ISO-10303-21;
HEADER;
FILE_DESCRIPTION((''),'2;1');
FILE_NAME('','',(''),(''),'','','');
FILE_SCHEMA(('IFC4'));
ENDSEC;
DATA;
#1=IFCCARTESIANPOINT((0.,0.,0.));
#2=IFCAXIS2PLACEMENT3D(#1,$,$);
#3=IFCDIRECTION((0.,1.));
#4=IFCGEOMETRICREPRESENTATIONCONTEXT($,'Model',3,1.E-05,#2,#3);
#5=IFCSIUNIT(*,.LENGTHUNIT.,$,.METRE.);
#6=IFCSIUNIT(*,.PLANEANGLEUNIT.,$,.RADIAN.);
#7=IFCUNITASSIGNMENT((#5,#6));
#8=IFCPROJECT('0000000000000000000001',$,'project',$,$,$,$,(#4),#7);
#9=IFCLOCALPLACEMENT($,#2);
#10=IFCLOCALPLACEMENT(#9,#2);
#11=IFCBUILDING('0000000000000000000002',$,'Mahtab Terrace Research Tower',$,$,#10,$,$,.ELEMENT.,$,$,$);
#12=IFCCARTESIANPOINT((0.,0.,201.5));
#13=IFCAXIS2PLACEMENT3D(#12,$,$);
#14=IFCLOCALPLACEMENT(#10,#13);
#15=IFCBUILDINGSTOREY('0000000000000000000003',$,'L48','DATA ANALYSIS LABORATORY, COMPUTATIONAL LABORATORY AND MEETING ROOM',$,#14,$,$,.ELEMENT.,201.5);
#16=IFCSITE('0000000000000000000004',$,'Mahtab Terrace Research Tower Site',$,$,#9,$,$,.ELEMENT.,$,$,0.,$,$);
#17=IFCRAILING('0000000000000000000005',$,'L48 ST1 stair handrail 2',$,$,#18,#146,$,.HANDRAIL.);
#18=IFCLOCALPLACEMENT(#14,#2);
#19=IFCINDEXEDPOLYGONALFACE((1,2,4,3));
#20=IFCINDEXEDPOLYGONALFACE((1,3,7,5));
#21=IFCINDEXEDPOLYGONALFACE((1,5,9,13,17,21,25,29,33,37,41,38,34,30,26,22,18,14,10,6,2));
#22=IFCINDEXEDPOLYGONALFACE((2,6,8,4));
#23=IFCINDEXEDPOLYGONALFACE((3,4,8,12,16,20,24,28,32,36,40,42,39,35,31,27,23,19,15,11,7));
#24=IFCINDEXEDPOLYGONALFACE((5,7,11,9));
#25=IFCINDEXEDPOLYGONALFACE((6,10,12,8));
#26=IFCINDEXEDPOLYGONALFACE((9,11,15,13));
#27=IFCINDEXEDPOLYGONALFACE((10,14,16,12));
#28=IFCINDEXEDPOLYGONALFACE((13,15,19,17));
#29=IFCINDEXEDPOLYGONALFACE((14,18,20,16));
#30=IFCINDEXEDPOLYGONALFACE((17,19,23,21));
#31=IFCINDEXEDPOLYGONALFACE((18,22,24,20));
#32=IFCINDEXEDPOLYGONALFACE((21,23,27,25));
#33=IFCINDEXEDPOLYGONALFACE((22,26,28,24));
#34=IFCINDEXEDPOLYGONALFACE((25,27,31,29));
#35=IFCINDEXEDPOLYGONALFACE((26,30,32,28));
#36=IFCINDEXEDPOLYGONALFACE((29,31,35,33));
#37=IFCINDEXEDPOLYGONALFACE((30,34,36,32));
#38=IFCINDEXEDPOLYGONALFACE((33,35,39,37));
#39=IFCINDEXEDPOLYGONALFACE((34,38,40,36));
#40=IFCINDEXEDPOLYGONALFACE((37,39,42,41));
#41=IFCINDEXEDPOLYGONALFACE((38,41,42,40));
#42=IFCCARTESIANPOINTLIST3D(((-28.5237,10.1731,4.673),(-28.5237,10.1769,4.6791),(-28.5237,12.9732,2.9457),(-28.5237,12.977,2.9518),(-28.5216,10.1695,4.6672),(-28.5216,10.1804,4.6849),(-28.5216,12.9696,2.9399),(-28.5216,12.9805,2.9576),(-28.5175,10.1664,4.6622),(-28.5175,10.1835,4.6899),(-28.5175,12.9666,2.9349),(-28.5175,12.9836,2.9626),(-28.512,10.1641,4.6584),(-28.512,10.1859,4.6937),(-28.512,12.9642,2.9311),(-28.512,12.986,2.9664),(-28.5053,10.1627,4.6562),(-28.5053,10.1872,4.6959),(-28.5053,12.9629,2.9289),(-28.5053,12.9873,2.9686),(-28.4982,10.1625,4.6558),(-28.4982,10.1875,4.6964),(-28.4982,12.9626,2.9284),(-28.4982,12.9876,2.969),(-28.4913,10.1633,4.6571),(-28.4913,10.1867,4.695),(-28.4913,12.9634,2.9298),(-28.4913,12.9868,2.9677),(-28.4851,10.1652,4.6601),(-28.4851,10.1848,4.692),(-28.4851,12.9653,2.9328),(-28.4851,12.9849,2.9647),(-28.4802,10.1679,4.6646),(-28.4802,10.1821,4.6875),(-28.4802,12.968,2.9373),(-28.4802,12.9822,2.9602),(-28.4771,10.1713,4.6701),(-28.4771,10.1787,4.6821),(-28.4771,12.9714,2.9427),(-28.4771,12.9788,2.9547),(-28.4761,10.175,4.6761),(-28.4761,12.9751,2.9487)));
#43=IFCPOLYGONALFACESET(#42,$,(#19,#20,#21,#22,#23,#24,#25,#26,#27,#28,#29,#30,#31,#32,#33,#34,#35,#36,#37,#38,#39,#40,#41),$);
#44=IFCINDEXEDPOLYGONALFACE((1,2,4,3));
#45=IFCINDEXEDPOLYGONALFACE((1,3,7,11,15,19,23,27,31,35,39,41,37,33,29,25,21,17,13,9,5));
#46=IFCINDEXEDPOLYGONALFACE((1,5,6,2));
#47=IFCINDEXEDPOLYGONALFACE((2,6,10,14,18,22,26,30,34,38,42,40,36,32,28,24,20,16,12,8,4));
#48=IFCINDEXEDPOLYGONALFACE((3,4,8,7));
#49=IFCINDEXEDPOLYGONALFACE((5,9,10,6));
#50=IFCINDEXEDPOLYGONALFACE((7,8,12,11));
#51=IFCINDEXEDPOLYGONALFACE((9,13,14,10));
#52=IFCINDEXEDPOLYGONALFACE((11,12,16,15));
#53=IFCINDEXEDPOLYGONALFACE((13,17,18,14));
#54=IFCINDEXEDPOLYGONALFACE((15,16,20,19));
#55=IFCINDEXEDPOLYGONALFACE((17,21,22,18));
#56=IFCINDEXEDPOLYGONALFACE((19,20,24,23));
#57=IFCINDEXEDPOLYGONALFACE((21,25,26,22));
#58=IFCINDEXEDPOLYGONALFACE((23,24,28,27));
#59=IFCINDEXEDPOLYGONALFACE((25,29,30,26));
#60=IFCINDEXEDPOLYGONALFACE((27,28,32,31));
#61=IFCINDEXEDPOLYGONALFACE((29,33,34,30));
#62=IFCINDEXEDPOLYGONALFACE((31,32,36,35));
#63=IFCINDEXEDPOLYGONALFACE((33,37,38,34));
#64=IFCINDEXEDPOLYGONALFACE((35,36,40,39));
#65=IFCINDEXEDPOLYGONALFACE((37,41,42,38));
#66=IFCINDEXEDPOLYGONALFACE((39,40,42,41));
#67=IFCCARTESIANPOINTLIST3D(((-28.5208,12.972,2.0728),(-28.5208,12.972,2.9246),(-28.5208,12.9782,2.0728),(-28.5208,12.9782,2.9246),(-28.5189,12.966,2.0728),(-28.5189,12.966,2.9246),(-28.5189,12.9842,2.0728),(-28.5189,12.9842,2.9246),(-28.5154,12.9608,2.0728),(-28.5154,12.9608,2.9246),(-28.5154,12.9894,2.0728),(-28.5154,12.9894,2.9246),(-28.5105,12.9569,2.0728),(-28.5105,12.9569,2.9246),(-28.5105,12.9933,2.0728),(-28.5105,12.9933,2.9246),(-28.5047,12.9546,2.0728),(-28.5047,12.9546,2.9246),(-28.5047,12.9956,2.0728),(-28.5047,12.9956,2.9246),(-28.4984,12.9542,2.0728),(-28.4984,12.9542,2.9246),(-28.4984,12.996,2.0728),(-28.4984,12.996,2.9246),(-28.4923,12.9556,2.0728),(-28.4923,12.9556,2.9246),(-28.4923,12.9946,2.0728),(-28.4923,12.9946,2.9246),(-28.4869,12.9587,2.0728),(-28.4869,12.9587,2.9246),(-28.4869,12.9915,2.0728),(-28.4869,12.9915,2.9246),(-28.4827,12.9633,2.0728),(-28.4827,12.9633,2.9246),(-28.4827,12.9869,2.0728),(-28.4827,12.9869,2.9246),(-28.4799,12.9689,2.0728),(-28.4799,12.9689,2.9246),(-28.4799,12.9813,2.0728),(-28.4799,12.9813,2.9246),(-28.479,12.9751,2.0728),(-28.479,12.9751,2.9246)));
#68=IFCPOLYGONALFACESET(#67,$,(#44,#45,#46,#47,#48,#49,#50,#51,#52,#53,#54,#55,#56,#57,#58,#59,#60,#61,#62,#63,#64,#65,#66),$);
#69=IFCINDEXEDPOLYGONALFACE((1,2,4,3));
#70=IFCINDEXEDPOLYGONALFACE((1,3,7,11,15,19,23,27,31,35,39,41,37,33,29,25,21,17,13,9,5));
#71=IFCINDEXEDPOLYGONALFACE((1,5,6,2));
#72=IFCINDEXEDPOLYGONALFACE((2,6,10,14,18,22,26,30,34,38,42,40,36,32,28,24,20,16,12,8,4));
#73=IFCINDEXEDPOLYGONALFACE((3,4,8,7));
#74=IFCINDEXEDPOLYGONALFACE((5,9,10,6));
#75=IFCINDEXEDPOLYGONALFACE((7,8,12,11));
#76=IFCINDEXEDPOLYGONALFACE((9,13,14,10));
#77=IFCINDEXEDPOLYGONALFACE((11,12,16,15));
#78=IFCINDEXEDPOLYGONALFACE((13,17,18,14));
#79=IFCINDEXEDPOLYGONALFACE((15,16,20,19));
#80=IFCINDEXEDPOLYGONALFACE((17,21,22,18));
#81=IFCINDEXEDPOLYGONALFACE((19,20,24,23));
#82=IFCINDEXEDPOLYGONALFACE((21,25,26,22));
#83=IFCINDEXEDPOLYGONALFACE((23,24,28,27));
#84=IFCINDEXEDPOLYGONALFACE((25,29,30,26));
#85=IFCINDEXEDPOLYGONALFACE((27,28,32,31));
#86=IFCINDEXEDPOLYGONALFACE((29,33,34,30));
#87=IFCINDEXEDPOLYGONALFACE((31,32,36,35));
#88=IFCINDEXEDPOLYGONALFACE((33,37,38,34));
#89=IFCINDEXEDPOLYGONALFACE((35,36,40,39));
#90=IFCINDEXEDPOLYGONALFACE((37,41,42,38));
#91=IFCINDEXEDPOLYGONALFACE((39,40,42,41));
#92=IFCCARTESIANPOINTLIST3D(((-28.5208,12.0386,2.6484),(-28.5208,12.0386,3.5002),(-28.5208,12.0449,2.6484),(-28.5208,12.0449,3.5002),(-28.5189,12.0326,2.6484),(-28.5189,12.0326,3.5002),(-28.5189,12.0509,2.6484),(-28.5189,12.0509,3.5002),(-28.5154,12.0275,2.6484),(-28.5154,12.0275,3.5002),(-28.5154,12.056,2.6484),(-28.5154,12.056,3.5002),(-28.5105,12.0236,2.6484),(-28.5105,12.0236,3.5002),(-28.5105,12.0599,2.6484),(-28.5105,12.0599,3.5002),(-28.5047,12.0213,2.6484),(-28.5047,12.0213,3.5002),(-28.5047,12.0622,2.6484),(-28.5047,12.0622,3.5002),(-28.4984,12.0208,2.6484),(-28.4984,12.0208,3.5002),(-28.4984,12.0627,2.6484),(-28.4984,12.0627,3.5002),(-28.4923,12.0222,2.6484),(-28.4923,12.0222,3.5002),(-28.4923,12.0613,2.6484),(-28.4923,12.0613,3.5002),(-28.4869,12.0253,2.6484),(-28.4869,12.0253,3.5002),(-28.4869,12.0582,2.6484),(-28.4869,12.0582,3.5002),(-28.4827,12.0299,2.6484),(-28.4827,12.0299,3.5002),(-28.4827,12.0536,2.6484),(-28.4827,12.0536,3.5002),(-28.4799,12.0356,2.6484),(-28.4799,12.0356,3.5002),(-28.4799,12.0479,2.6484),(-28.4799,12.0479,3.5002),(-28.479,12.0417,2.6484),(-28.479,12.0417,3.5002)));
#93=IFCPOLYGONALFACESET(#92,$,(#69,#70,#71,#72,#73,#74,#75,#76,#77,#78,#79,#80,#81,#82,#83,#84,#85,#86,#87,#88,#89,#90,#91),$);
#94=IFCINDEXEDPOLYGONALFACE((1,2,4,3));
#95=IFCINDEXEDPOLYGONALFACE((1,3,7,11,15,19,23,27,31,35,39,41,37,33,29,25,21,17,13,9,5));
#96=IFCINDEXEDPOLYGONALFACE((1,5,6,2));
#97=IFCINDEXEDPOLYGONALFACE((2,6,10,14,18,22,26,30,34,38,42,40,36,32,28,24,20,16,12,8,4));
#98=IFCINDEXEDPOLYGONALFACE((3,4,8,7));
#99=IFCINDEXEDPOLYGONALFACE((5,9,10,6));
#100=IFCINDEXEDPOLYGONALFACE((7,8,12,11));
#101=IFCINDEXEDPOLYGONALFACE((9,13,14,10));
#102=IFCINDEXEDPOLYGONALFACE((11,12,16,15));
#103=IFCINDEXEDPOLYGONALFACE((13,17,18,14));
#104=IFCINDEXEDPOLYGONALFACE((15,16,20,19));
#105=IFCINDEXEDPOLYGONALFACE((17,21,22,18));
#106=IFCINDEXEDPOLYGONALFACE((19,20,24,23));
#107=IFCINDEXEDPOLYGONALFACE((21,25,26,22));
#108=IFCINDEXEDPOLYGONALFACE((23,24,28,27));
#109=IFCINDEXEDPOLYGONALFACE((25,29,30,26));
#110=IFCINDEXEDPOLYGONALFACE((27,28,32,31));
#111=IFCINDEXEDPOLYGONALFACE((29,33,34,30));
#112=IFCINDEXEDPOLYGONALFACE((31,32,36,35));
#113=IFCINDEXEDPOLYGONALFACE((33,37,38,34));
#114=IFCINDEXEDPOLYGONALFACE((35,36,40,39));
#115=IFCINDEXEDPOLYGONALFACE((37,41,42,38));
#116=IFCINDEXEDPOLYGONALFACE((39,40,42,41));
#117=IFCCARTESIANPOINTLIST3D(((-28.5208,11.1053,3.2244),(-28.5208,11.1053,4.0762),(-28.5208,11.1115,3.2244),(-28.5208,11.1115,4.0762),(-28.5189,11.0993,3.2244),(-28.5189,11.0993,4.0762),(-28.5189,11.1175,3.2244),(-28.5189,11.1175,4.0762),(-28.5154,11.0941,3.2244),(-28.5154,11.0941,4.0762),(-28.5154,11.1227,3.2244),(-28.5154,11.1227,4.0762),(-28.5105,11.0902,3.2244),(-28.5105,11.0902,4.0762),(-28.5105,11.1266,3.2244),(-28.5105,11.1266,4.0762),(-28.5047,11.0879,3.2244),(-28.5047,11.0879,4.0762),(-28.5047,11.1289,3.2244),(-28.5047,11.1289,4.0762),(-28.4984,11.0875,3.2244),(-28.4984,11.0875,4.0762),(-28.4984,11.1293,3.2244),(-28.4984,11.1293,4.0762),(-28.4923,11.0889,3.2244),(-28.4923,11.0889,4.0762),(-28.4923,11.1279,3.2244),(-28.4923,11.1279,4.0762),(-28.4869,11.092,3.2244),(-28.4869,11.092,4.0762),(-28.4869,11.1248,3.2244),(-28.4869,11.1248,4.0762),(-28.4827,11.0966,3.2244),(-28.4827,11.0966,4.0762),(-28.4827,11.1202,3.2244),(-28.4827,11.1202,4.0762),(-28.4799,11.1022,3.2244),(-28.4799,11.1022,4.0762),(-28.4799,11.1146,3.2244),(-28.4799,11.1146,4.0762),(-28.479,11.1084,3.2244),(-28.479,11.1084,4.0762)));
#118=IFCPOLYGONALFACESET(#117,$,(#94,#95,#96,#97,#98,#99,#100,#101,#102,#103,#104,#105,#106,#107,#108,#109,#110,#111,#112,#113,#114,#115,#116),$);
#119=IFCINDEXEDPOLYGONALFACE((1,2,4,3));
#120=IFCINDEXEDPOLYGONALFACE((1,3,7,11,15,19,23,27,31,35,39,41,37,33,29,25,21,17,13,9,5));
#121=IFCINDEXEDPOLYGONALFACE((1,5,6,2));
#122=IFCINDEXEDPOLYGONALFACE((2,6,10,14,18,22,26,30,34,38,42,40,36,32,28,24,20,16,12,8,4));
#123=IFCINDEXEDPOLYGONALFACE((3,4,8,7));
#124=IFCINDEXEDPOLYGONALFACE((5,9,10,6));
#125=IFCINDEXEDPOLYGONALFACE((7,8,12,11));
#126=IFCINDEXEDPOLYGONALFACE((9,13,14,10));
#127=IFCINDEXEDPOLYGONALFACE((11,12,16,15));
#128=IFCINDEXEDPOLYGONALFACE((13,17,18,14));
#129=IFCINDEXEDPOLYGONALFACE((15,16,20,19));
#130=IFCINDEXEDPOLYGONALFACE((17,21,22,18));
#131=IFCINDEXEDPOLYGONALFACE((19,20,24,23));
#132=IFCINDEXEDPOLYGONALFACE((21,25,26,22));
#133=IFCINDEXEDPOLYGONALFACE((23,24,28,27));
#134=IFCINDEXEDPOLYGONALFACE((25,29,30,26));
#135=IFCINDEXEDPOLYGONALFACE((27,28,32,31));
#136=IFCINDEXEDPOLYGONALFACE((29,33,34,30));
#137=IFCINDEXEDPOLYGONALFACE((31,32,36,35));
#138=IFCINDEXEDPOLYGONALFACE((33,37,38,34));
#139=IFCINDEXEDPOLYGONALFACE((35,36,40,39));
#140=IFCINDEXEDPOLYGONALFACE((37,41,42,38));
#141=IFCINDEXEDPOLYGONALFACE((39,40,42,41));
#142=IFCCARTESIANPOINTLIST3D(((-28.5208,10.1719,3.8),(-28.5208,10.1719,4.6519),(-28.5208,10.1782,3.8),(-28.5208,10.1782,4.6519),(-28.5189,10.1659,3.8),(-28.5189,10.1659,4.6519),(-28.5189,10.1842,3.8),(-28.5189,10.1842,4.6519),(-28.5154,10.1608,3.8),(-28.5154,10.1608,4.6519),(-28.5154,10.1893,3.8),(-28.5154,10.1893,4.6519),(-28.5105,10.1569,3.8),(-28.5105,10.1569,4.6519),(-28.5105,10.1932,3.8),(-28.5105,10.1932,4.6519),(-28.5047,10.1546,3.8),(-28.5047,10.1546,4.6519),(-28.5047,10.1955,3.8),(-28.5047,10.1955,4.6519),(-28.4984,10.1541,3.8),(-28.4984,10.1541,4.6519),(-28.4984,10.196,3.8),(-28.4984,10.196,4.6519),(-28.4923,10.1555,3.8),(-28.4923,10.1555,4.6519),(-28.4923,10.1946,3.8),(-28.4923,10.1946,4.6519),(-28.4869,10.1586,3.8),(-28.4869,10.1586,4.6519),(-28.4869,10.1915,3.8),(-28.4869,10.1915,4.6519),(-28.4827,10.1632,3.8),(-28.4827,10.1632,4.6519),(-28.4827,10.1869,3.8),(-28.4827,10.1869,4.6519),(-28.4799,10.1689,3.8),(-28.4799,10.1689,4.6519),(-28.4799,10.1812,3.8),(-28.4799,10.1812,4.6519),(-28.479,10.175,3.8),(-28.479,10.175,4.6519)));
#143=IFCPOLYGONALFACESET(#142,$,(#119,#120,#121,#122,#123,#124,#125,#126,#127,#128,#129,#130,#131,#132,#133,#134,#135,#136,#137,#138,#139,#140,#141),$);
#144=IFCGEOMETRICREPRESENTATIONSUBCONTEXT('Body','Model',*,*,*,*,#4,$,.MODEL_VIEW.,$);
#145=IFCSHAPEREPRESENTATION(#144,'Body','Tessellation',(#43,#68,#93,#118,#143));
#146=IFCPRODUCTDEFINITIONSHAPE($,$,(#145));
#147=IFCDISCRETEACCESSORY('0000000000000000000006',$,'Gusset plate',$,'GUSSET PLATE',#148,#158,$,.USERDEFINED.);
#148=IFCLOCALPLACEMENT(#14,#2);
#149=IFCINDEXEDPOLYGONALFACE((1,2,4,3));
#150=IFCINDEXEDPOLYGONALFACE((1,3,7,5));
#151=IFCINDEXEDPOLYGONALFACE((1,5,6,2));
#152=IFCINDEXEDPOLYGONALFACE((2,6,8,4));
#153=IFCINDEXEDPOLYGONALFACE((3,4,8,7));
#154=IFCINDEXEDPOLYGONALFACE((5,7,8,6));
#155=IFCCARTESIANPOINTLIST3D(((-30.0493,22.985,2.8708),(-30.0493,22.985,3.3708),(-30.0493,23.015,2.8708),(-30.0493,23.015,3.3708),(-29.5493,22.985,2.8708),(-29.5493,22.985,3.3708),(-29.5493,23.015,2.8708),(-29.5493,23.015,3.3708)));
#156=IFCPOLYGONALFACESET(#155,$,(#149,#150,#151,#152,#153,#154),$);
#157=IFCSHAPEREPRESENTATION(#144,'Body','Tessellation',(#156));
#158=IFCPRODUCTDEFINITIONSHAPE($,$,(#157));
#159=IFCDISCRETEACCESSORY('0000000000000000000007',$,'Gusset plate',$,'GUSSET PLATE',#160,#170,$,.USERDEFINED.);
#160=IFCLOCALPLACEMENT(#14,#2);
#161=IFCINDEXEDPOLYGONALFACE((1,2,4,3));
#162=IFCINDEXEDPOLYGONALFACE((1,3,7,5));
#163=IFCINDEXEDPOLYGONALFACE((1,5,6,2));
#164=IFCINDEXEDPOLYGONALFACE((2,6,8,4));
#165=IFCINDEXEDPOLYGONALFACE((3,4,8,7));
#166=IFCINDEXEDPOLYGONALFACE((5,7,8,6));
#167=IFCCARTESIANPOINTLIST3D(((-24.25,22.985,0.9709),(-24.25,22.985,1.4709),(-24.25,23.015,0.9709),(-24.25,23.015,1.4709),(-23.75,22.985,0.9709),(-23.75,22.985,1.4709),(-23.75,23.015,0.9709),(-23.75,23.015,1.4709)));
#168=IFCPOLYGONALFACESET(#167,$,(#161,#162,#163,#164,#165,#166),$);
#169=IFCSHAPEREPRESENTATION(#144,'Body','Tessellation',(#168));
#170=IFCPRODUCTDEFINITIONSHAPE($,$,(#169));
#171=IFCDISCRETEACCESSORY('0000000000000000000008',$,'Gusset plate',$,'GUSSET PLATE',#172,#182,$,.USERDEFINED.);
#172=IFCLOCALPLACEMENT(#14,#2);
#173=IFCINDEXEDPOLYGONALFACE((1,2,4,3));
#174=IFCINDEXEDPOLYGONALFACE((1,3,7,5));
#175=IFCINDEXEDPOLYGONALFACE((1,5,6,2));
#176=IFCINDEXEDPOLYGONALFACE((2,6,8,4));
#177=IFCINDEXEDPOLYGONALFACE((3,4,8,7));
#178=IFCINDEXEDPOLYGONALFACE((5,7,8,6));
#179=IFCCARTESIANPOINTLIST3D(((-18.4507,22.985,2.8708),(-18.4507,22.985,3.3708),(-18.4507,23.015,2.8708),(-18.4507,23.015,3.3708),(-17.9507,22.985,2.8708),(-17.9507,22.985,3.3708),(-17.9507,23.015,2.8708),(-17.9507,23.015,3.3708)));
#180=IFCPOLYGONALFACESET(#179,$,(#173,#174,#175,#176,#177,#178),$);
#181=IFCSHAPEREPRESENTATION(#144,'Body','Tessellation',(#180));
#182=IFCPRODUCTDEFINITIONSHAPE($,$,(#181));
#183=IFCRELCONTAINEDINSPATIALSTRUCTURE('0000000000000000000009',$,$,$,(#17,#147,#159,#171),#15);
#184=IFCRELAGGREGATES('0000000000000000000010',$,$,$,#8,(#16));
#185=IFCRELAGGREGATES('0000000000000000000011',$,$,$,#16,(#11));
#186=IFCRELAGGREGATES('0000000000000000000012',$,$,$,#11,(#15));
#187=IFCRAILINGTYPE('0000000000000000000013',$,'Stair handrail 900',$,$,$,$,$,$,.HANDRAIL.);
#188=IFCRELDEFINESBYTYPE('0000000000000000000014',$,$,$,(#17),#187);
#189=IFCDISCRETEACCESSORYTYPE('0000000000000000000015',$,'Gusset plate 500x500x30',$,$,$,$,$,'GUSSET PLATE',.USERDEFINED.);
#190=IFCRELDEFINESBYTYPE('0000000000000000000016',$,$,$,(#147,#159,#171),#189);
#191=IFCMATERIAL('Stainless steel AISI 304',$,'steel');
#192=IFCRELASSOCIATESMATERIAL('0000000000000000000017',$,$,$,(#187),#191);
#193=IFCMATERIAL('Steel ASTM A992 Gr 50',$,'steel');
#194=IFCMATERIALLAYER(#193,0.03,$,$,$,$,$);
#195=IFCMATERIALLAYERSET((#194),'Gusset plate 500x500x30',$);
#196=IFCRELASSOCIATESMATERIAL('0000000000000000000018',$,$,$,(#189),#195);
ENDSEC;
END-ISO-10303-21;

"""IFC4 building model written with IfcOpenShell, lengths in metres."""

from ifc_helpers import new_model, si_unit, direction, frame, origin, origin_2d, place, context, subcontext, project, spatial, rectangle, circle, extrude, material, layer, layer_set, type_object, element, save


model = new_model("IFC4")

# Units and contexts
model_context = context("Model", 3, precision=1e-05, world=origin(), true_north=direction((0.0, 1.0)))
body_context = subcontext(model_context, "Body", "Model", "MODEL_VIEW")
ifc_project = project(units=[si_unit("LENGTHUNIT", "METRE"), si_unit("PLANEANGLEUNIT", "RADIAN")], contexts=[model_context])

# Site, building, storey
site_placement = place(None, origin())
site = spatial("IfcSite", under=ifc_project, at=site_placement, Name="Mahtab Terrace Research Tower Site", CompositionType="ELEMENT", RefElevation=0.0)
building_placement = place(site_placement, origin())
building = spatial("IfcBuilding", under=site, at=building_placement, Name="Mahtab Terrace Research Tower", CompositionType="ELEMENT")
storey_placement = place(building_placement, frame((0.0, 0.0, 201.5)))
storey = spatial("IfcBuildingStorey", under=building, at=storey_placement, Name="L48", Description="DATA ANALYSIS LABORATORY, COMPUTATIONAL LABORATORY AND MEETING ROOM", CompositionType="ELEMENT", Elevation=201.5)

# Shared definitions
ifc_material_1 = material(Name="Steel ASTM A992 Gr 50", Category="steel")

# Railing
ifc_material_2 = material(Name="Stainless steel AISI 304", Category="steel")
railing_type_1 = type_object("IfcRailingType", Name="Stair handrail 900", PredefinedType="HANDRAIL", material=ifc_material_2)
railing_1_placement = place(storey_placement, frame((-28.5, 12.9751, 2.0728)))
element("IfcRailing", 1, at=railing_1_placement, inside=storey, type_object=railing_type_1, Name="L48 ST1 stair handrail 2", PredefinedType="HANDRAIL", context=body_context, shape_type="SweptSolid", body=[
    extrude(circle(Radius=0.0239, at=origin_2d()), frame((0.0, 0.0, 0.876), z_axis=(0.0, -0.85109, 0.52502), x_axis=(1.0, 0.0, 0.0)), (0.0, 0.0, 1.0), 3.29),
    extrude(circle(Radius=0.021, at=origin_2d()), origin(), (0.0, 0.0, 1.0), 0.8518),
    extrude(circle(Radius=0.021, at=origin_2d()), frame((0.0, -0.9333, 0.5757)), (0.0, 0.0, 1.0), 0.8518),
    extrude(circle(Radius=0.021, at=origin_2d()), frame((0.0, -1.8667, 1.1516)), (0.0, 0.0, 1.0), 0.8518),
    extrude(circle(Radius=0.021, at=origin_2d()), frame((0.0, -2.8, 1.7273)), (0.0, 0.0, 1.0), 0.8518),
])

# Discrete accessories
ifc_layer_1 = layer(ifc_material_1, 0.03)
ifc_layer_set_1 = layer_set([ifc_layer_1], Name="Gusset plate 500x500x30")
discrete_accessory_type = type_object("IfcDiscreteAccessoryType", Name="Gusset plate 500x500x30", ElementType="GUSSET PLATE", PredefinedType="USERDEFINED", material=ifc_layer_set_1)
for number, where, z_axis, x_axis, name in (
    (2, (-29.7993, 23.0, 2.8708), (0.0, 0.0, 1.0), (1.0, 0.0, 0.0), "Gusset plate"),
    (3, (-24.0, 23.0, 0.9709), (0.0, 0.0, 1.0), (1.0, 0.0, 0.0), "Gusset plate"),
    (4, (-18.2007, 23.0, 2.8708), (0.0, 0.0, 1.0), (1.0, 0.0, 0.0), "Gusset plate"),
):
    element("IfcDiscreteAccessory", number, at=place(storey_placement, frame(where, z_axis=z_axis, x_axis=x_axis)), inside=storey, type_object=discrete_accessory_type, Name=name, ObjectType="GUSSET PLATE", PredefinedType="USERDEFINED", context=body_context, shape_type="SweptSolid", body=[
        extrude(rectangle(XDim=0.5, YDim=0.03, at=origin_2d()), origin(), (0.0, 0.0, 1.0), 0.5),
    ])

save(model, "model.ifc")
